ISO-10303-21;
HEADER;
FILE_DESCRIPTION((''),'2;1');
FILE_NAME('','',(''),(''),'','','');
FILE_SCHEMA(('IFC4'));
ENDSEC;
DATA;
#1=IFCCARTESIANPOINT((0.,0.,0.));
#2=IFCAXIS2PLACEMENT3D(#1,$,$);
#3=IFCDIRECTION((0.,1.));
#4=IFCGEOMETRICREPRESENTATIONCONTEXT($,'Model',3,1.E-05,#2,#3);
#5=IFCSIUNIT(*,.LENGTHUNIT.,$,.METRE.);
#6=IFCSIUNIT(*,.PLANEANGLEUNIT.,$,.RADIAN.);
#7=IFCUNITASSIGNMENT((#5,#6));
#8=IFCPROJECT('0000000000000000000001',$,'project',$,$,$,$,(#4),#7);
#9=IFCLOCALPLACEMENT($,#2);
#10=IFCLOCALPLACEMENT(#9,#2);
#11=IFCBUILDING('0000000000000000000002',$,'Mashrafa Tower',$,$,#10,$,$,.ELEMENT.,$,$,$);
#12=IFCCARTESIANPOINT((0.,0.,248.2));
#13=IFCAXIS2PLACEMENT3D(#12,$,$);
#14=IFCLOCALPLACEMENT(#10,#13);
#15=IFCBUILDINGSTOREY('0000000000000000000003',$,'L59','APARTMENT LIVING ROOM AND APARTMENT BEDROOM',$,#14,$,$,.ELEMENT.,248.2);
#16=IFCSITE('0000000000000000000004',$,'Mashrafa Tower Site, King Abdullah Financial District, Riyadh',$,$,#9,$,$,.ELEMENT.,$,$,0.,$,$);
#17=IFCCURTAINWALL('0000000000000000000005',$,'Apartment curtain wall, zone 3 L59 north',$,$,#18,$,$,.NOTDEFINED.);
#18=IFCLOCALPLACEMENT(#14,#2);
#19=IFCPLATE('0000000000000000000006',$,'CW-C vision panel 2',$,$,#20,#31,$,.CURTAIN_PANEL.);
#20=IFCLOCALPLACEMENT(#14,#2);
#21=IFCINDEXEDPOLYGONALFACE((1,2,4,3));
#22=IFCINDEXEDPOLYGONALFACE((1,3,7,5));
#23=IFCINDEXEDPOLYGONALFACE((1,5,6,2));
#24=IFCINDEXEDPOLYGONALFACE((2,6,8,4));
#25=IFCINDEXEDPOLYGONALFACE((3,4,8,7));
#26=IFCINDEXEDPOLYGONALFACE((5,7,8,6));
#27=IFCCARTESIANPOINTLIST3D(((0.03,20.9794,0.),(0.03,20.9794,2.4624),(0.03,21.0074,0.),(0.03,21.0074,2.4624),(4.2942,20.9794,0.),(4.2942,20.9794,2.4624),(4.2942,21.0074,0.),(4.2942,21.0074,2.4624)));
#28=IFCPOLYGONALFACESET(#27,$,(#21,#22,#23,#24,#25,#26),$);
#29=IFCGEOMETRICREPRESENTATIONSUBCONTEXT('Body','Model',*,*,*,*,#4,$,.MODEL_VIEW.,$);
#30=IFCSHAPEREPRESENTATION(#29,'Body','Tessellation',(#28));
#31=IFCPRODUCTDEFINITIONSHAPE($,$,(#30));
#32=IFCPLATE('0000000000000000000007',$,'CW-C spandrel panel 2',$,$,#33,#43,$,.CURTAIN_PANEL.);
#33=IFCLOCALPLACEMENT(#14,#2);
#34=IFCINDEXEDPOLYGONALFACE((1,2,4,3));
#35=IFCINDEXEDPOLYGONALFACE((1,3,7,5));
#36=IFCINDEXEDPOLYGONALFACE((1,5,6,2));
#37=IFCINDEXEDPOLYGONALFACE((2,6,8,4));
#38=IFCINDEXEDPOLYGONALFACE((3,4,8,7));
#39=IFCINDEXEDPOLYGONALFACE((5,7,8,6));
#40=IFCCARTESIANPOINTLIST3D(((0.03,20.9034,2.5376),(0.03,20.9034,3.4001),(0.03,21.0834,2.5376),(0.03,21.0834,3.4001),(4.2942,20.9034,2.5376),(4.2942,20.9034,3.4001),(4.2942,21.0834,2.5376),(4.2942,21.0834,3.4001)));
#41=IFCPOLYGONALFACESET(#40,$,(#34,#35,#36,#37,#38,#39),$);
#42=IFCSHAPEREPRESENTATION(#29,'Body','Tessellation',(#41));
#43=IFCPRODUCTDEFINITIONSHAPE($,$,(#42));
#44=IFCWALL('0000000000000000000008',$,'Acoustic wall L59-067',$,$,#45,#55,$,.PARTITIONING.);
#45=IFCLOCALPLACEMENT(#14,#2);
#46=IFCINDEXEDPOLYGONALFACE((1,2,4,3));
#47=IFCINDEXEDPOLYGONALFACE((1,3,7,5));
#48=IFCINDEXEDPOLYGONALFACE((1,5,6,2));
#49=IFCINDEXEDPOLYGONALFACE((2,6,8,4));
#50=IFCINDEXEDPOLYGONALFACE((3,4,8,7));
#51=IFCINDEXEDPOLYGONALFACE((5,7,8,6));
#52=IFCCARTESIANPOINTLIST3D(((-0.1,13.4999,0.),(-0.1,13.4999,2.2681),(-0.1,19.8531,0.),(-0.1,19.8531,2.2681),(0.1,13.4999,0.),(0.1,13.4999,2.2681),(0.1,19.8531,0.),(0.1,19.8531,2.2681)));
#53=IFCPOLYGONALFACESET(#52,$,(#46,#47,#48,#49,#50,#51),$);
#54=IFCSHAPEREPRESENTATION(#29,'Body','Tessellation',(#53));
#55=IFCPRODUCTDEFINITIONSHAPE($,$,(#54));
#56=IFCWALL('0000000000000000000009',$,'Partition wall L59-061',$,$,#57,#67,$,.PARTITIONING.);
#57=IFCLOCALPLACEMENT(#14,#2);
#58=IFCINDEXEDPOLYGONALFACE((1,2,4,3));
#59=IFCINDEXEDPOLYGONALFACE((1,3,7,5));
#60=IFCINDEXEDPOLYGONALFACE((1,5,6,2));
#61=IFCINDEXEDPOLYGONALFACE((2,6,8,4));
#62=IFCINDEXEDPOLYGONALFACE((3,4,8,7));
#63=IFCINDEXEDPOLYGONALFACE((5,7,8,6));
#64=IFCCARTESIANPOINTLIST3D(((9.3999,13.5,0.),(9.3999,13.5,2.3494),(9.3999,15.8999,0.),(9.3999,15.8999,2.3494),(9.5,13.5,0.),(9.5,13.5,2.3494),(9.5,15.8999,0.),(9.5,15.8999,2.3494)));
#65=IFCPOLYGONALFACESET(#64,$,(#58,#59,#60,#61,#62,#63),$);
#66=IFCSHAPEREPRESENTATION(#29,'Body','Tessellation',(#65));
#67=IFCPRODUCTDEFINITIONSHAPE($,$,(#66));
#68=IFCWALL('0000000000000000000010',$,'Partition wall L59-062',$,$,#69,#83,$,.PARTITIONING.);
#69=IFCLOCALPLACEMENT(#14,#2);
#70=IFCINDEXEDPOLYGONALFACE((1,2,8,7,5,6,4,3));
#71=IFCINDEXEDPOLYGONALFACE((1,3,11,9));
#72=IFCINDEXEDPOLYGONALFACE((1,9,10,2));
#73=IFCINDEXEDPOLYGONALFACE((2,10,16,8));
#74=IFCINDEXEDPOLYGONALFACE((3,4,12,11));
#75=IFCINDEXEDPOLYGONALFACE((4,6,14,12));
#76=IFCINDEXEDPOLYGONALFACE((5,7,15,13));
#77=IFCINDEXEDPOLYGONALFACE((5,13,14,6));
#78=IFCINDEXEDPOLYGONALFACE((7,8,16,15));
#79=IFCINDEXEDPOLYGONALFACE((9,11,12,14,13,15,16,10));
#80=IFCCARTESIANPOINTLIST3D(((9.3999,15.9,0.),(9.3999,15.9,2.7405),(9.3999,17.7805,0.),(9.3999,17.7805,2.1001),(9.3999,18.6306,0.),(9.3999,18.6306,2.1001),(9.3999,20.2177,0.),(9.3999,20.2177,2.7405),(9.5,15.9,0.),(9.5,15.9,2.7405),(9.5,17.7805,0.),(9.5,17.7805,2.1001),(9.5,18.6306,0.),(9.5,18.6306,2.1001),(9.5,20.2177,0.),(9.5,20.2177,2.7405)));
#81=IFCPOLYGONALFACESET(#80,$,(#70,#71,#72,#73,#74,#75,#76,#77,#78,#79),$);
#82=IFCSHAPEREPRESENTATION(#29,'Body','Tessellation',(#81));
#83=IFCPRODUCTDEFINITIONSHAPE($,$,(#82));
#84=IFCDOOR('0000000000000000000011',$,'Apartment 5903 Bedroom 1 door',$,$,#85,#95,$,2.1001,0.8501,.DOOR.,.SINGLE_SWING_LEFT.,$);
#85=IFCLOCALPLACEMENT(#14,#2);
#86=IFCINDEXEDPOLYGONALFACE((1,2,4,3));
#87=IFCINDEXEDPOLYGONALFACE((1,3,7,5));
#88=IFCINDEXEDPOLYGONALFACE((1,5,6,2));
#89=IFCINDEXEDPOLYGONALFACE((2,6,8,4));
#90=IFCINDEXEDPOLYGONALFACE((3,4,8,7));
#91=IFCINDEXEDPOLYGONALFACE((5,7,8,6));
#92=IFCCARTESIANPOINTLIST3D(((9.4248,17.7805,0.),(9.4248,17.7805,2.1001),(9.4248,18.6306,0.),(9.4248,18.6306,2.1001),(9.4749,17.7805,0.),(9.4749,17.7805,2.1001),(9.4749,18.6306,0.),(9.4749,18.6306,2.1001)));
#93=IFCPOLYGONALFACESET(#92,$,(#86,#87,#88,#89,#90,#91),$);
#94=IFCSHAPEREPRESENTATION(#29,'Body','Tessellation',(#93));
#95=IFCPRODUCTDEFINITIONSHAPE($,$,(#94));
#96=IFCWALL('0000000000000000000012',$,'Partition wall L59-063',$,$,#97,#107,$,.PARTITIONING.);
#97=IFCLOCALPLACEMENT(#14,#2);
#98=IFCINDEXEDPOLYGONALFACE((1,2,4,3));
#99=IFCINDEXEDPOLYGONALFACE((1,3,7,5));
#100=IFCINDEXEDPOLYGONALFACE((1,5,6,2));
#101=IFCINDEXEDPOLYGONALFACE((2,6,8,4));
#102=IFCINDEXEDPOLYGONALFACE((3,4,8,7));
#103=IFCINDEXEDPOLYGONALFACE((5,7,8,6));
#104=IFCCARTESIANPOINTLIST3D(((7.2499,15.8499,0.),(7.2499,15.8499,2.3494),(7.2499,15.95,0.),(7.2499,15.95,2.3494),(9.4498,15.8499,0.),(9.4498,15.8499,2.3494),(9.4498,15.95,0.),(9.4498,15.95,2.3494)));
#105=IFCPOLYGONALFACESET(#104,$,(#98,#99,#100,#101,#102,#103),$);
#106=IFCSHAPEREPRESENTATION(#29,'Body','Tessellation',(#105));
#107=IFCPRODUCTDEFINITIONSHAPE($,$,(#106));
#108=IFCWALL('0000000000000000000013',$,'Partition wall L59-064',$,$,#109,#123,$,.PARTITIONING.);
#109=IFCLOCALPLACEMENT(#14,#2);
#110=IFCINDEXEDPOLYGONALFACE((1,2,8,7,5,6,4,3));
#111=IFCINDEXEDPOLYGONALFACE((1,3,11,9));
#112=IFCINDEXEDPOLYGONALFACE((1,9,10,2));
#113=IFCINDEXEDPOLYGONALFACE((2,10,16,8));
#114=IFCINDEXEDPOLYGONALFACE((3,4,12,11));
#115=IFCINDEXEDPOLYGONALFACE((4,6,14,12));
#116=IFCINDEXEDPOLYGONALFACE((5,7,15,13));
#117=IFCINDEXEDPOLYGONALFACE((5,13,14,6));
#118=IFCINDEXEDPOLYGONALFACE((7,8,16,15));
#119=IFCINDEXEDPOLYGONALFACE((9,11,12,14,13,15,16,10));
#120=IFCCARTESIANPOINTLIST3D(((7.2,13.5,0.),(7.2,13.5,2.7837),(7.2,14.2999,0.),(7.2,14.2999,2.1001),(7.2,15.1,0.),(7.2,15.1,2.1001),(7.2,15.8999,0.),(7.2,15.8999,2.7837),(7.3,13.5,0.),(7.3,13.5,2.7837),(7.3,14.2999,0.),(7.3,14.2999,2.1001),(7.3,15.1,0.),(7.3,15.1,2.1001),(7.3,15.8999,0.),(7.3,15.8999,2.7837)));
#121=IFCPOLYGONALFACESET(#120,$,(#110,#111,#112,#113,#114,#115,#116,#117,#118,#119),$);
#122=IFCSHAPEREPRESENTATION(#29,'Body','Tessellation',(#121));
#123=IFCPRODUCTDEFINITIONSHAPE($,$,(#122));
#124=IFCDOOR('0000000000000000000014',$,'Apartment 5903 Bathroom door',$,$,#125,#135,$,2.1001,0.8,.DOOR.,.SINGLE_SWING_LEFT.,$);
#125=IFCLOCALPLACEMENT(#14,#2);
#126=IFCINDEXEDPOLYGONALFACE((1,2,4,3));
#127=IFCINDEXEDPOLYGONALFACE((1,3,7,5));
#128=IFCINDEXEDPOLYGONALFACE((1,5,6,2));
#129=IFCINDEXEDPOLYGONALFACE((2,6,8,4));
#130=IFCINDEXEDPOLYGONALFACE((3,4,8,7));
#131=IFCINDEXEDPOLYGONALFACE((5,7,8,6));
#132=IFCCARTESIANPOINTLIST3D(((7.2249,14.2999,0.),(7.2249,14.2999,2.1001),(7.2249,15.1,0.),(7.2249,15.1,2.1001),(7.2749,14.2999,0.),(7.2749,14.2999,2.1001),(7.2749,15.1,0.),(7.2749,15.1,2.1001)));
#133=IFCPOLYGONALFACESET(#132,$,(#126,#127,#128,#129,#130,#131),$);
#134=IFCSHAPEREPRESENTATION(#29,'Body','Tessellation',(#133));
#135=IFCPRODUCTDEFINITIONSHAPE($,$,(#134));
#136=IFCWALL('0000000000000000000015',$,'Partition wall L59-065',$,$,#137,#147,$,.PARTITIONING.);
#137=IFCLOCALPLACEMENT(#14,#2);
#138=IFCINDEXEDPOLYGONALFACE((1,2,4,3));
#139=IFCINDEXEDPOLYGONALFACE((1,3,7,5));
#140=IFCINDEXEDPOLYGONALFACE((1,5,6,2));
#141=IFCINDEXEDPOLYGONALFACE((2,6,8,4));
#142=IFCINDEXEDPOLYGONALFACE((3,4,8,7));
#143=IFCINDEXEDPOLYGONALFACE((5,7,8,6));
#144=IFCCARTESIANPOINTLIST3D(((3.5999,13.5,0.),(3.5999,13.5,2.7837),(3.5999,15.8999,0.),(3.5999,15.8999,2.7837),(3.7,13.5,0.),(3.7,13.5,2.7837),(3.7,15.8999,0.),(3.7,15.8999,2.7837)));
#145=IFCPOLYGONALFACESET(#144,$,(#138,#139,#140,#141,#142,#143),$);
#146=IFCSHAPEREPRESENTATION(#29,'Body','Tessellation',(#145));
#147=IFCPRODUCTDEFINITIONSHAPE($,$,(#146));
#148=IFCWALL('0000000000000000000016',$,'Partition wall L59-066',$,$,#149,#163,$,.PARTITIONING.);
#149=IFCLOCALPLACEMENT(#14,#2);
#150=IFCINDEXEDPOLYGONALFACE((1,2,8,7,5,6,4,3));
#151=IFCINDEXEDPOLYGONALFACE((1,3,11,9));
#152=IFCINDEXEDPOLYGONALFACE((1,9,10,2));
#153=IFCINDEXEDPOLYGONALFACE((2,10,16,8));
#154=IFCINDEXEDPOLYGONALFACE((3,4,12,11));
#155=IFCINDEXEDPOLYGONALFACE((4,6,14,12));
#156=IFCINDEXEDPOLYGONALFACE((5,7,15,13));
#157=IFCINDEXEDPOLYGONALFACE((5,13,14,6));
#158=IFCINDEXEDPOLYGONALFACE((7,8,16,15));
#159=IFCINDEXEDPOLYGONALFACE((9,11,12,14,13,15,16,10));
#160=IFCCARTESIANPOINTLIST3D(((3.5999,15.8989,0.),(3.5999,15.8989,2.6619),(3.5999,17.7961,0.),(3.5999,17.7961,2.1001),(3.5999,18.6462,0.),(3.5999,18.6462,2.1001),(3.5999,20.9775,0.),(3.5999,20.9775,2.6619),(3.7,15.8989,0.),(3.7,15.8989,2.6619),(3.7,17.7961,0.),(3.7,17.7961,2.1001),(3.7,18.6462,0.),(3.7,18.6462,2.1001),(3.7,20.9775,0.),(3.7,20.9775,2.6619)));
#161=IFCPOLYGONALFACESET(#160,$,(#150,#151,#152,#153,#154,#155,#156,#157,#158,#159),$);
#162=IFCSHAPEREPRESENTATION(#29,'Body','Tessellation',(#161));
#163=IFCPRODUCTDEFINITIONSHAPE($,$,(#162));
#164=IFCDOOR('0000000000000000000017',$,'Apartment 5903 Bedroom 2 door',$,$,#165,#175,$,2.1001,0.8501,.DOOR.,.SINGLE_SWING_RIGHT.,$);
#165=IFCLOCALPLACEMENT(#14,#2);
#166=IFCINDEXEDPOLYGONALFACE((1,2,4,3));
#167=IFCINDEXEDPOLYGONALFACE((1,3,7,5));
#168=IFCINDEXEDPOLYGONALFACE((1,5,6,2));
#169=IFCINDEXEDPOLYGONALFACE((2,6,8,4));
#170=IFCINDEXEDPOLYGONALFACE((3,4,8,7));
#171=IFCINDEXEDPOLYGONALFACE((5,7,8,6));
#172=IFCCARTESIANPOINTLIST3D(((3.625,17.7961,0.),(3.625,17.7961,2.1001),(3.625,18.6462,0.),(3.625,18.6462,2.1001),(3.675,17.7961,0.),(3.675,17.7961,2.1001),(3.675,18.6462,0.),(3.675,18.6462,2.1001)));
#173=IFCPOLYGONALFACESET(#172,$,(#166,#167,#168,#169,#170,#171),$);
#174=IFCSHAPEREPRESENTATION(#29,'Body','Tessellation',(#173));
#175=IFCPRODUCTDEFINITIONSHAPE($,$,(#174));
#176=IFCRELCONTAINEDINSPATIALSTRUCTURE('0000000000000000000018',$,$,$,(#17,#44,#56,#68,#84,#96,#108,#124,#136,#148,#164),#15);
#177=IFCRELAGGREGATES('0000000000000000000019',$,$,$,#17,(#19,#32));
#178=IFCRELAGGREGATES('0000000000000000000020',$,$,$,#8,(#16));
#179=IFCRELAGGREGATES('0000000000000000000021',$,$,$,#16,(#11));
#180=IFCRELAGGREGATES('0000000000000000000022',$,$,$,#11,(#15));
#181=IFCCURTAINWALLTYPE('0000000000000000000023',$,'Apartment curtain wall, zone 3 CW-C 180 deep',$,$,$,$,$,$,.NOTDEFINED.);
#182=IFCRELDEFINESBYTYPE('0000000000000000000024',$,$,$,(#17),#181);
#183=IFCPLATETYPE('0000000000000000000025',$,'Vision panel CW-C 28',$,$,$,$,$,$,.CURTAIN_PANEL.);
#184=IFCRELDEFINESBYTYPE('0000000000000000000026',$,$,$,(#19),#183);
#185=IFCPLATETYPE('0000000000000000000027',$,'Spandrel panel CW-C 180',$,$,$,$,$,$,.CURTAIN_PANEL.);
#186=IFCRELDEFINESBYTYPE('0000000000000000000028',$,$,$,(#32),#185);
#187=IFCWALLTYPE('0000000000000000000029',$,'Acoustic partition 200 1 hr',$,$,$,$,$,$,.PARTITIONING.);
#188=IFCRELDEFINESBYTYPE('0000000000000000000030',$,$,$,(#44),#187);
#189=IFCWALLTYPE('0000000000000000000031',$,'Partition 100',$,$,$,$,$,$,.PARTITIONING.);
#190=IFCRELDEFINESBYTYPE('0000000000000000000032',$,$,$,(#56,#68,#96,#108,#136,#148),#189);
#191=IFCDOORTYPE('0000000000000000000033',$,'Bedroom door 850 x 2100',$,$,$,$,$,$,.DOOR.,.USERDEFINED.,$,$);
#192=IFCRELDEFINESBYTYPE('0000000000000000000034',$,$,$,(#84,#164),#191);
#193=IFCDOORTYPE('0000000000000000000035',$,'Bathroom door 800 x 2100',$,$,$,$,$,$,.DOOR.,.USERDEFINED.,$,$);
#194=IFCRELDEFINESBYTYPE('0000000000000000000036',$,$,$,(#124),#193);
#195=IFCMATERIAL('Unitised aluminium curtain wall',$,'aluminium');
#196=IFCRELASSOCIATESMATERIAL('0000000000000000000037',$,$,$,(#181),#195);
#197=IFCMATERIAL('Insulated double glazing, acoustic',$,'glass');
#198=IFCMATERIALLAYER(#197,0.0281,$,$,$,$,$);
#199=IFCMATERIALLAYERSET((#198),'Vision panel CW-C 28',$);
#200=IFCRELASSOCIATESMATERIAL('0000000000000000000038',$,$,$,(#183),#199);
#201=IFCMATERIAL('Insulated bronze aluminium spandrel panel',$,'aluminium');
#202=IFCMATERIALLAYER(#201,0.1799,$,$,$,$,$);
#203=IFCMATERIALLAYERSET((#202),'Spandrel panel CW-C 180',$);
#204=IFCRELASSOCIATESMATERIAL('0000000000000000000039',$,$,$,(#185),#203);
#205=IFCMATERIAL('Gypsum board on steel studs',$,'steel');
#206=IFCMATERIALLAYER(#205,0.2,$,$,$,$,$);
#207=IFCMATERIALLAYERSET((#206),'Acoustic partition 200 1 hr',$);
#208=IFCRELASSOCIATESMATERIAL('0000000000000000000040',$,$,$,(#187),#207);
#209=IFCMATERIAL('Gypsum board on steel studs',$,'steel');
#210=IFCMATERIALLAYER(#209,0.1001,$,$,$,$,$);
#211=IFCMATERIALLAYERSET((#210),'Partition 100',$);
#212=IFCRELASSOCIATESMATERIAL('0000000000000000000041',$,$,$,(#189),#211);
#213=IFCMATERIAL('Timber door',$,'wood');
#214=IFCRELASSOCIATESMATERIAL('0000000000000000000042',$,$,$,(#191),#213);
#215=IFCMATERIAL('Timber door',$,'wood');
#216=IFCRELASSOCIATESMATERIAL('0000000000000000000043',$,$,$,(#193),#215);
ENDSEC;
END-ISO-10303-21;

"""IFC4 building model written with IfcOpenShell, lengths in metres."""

from ifc_helpers import new_model, si_unit, direction, frame, frame_2d, origin, origin_2d, place, context, subcontext, project, spatial, rectangle, extrude, source, transform, mapped, material, layer, layer_set, type_object, element, fill, aggregate, save


model = new_model("IFC4")

# Units and contexts
model_context = context("Model", 3, precision=1e-05, world=origin(), true_north=direction((0.0, 1.0)))
body_context = subcontext(model_context, "Body", "Model", "MODEL_VIEW")
ifc_project = project(units=[si_unit("LENGTHUNIT", "METRE"), si_unit("PLANEANGLEUNIT", "RADIAN")], contexts=[model_context])

# Site, building, storey
site_placement = place(None, origin())
site = spatial("IfcSite", under=ifc_project, at=site_placement, Name="Mashrafa Tower Site, King Abdullah Financial District, Riyadh", CompositionType="ELEMENT", RefElevation=0.0)
building_placement = place(site_placement, origin())
building = spatial("IfcBuilding", under=site, at=building_placement, Name="Mashrafa Tower", CompositionType="ELEMENT")
storey_placement = place(building_placement, frame((0.0, 0.0, 248.2)))
storey = spatial("IfcBuildingStorey", under=building, at=storey_placement, Name="L59", Description="APARTMENT LIVING ROOM AND APARTMENT BEDROOM", CompositionType="ELEMENT", Elevation=248.2)

# Shared definitions
ifc_material_1 = material(Name="Unitised aluminium curtain wall", Category="aluminium")
curtain_wall_type = type_object("IfcCurtainWallType", Name="Apartment curtain wall, zone 3 CW-C 180 deep", PredefinedType="NOTDEFINED", material=ifc_material_1)

# Curtain wall
curtain_wall_1_placement = place(storey_placement, origin())
curtain_wall_1 = element("IfcCurtainWall", 1, at=curtain_wall_1_placement, inside=storey, type_object=curtain_wall_type, Name="Apartment curtain wall, zone 3 L59 north", PredefinedType="NOTDEFINED")

# Plates
ifc_material_2 = material(Name="Insulated double glazing, acoustic", Category="glass")
ifc_layer_1 = layer(ifc_material_2, 0.0281)
ifc_layer_set_1 = layer_set([ifc_layer_1], Name="Vision panel CW-C 28")
plate_type_1 = type_object("IfcPlateType", Name="Vision panel CW-C 28", PredefinedType="CURTAIN_PANEL", material=ifc_layer_set_1)
ifc_material_3 = material(Name="Insulated bronze aluminium spandrel panel", Category="aluminium")
ifc_layer_2 = layer(ifc_material_3, 0.1799)
ifc_layer_set_2 = layer_set([ifc_layer_2], Name="Spandrel panel CW-C 180")
plate_type_2 = type_object("IfcPlateType", Name="Spandrel panel CW-C 180", PredefinedType="CURTAIN_PANEL", material=ifc_layer_set_2)
shared_shape_1 = source(origin(), body_context, "Body", "SweptSolid", [
    extrude(rectangle(XDim=4.2642, YDim=0.0281, at=origin_2d()), origin(), (0.0, 0.0, 1.0), 2.4624),
])
plate_1_placement = place(storey_placement, frame((2.1621, 20.9934, 0.0), z_axis=(0.0, 0.0, 1.0), x_axis=(-1.0, 0.0, 0.0)))
plate_1 = element("IfcPlate", 2, at=plate_1_placement, type_object=plate_type_1, Name="CW-C vision panel 2", PredefinedType="CURTAIN_PANEL", context=body_context, shape_type="MappedRepresentation", body=[
    mapped(shared_shape_1, transform((0.0, 0.0, 0.0))),
])
shared_shape_2 = source(origin(), body_context, "Body", "SweptSolid", [
    extrude(rectangle(XDim=4.2642, YDim=0.1799, at=origin_2d()), origin(), (0.0, 0.0, 1.0), 0.8625),
])
plate_2_placement = place(storey_placement, frame((2.1621, 20.9934, 2.5376), z_axis=(0.0, 0.0, 1.0), x_axis=(-1.0, 0.0, 0.0)))
plate_2 = element("IfcPlate", 3, at=plate_2_placement, type_object=plate_type_2, Name="CW-C spandrel panel 2", PredefinedType="CURTAIN_PANEL", context=body_context, shape_type="MappedRepresentation", body=[
    mapped(shared_shape_2, transform((0.0, 0.0, 0.0))),
])
aggregate(curtain_wall_1, [plate_1, plate_2])

# Walls
ifc_material_4 = material(Name="Gypsum board on steel studs", Category="steel")
ifc_layer_3 = layer(ifc_material_4, 0.2)
ifc_layer_set_3 = layer_set([ifc_layer_3], Name="Acoustic partition 200 1 hr")
wall_type_1 = type_object("IfcWallType", Name="Acoustic partition 200 1 hr", PredefinedType="PARTITIONING", material=ifc_layer_set_3)
wall_1_placement = place(storey_placement, frame((0.0, 19.8533, 0.0), z_axis=(0.0, 0.0, 1.0), x_axis=(0.0, -1.0, 0.0)))
element("IfcWall", 4, at=wall_1_placement, inside=storey, type_object=wall_type_1, Name="Acoustic wall L59-067", PredefinedType="PARTITIONING", context=body_context, shape_type="SweptSolid", body=[
    extrude(rectangle(XDim=6.3533, YDim=0.2, at=frame_2d((3.1768, 0.0))), origin(), (0.0, 0.0, 1.0), 2.2681),
])
ifc_material_5 = material(Name="Gypsum board on steel studs", Category="steel")
ifc_layer_4 = layer(ifc_material_5, 0.1001)
ifc_layer_set_4 = layer_set([ifc_layer_4], Name="Partition 100")
wall_type_2 = type_object("IfcWallType", Name="Partition 100", PredefinedType="PARTITIONING", material=ifc_layer_set_4)
wall_2_placement = place(storey_placement, frame((9.45, 15.8999, 0.0), z_axis=(0.0, 0.0, 1.0), x_axis=(0.0, -1.0, 0.0)))
element("IfcWall", 5, at=wall_2_placement, inside=storey, type_object=wall_type_2, Name="Partition wall L59-061", PredefinedType="PARTITIONING", context=body_context, shape_type="SweptSolid", body=[
    extrude(rectangle(XDim=2.3999, YDim=0.1001, at=frame_2d((1.2, 0.0))), origin(), (0.0, 0.0, 1.0), 2.3494),
])

# Wall, opening, door
wall_3_placement = place(storey_placement, frame((9.45, 20.2175, 0.0), z_axis=(0.0, 0.0, 1.0), x_axis=(0.0, -1.0, 0.0)))
wall_3 = element("IfcWall", 6, at=wall_3_placement, inside=storey, type_object=wall_type_2, Name="Partition wall L59-062", PredefinedType="PARTITIONING", context=body_context, shape_type="SweptSolid", body=[
    extrude(rectangle(XDim=4.3176, YDim=0.1001, at=frame_2d((2.1587, 0.0))), origin(), (0.0, 0.0, 1.0), 2.7405),
])
opening_1_placement = place(wall_3_placement, frame((1.5869, 0.0, 0.0)))
opening_1 = element("IfcOpeningElement", 7, at=opening_1_placement, cuts=wall_3, PredefinedType="OPENING", context=body_context, shape_type="SweptSolid", body=[
    extrude(rectangle(XDim=0.8501, YDim=2.1001, at=frame_2d((0.425, 1.05))), frame((0.0, 0.0601, 0.0), z_axis=(0.0, -1.0, 0.0), x_axis=(1.0, 0.0, 0.0)), (0.0, 0.0, 1.0), 0.1201),
])
ifc_material_6 = material(Name="Timber door", Category="wood")
door_type_1 = type_object("IfcDoorType", Name="Bedroom door 850 x 2100", OperationType="USERDEFINED", PredefinedType="DOOR", material=ifc_material_6)
door_1_placement = place(opening_1_placement, origin())
door_1 = element("IfcDoor", 8, at=door_1_placement, inside=storey, type_object=door_type_1, Name="Apartment 5903 Bedroom 1 door", OperationType="SINGLE_SWING_LEFT", OverallHeight=2.1001, OverallWidth=0.8501, PredefinedType="DOOR", context=body_context, shape_type="SweptSolid", body=[
    extrude(rectangle(XDim=0.8501, YDim=2.1001, at=frame_2d((0.425, 1.05))), frame((0.0, 0.0249, 0.0), z_axis=(0.0, -1.0, 0.0), x_axis=(1.0, 0.0, 0.0)), (0.0, 0.0, 1.0), 0.05),
])
fill(opening_1, door_1)

# Wall
wall_4_placement = place(storey_placement, frame((9.45, 15.8999, 0.0), z_axis=(0.0, 0.0, 1.0), x_axis=(-1.0, 0.0, 0.0)))
element("IfcWall", 9, at=wall_4_placement, inside=storey, type_object=wall_type_2, Name="Partition wall L59-063", PredefinedType="PARTITIONING", context=body_context, shape_type="SweptSolid", body=[
    extrude(rectangle(XDim=2.2, YDim=0.1001, at=frame_2d((1.1001, 0.0))), origin(), (0.0, 0.0, 1.0), 2.3494),
])

# Wall, opening, door
wall_5_placement = place(storey_placement, frame((7.25, 15.8999, 0.0), z_axis=(0.0, 0.0, 1.0), x_axis=(0.0, -1.0, 0.0)))
wall_5 = element("IfcWall", 10, at=wall_5_placement, inside=storey, type_object=wall_type_2, Name="Partition wall L59-064", PredefinedType="PARTITIONING", context=body_context, shape_type="SweptSolid", body=[
    extrude(rectangle(XDim=2.3999, YDim=0.1001, at=frame_2d((1.2, 0.0))), origin(), (0.0, 0.0, 1.0), 2.7837),
])
opening_2_placement = place(wall_5_placement, frame((0.8, 0.0, 0.0)))
opening_2 = element("IfcOpeningElement", 11, at=opening_2_placement, cuts=wall_5, PredefinedType="OPENING", context=body_context, shape_type="SweptSolid", body=[
    extrude(rectangle(XDim=0.8, YDim=2.1001, at=frame_2d((0.3999, 1.05))), frame((0.0, 0.0601, 0.0), z_axis=(0.0, -1.0, 0.0), x_axis=(1.0, 0.0, 0.0)), (0.0, 0.0, 1.0), 0.1201),
])
ifc_material_7 = material(Name="Timber door", Category="wood")
door_type_2 = type_object("IfcDoorType", Name="Bathroom door 800 x 2100", OperationType="USERDEFINED", PredefinedType="DOOR", material=ifc_material_7)
door_2_placement = place(opening_2_placement, origin())
door_2 = element("IfcDoor", 12, at=door_2_placement, inside=storey, type_object=door_type_2, Name="Apartment 5903 Bathroom door", OperationType="SINGLE_SWING_LEFT", OverallHeight=2.1001, OverallWidth=0.8, PredefinedType="DOOR", context=body_context, shape_type="SweptSolid", body=[
    extrude(rectangle(XDim=0.8, YDim=2.1001, at=frame_2d((0.3999, 1.05))), frame((0.0, 0.0249, 0.0), z_axis=(0.0, -1.0, 0.0), x_axis=(1.0, 0.0, 0.0)), (0.0, 0.0, 1.0), 0.05),
])
fill(opening_2, door_2)

# Wall
wall_6_placement = place(storey_placement, frame((3.6499, 15.8999, 0.0), z_axis=(0.0, 0.0, 1.0), x_axis=(0.0, -1.0, 0.0)))
element("IfcWall", 13, at=wall_6_placement, inside=storey, type_object=wall_type_2, Name="Partition wall L59-065", PredefinedType="PARTITIONING", context=body_context, shape_type="SweptSolid", body=[
    extrude(rectangle(XDim=2.3999, YDim=0.1001, at=frame_2d((1.2, 0.0))), origin(), (0.0, 0.0, 1.0), 2.7837),
])

# Wall, opening, door
wall_7_placement = place(storey_placement, frame((3.6499, 15.8989, 0.0), z_axis=(0.0, 0.0, 1.0), x_axis=(0.0, 1.0, 0.0)))
wall_7 = element("IfcWall", 14, at=wall_7_placement, inside=storey, type_object=wall_type_2, Name="Partition wall L59-066", PredefinedType="PARTITIONING", context=body_context, shape_type="SweptSolid", body=[
    extrude(rectangle(XDim=5.0786, YDim=0.1001, at=frame_2d((2.5393, 0.0))), origin(), (0.0, 0.0, 1.0), 2.6619),
])
opening_3_placement = place(wall_7_placement, frame((1.8972, 0.0, 0.0)))
opening_3 = element("IfcOpeningElement", 15, at=opening_3_placement, cuts=wall_7, PredefinedType="OPENING", context=body_context, shape_type="SweptSolid", body=[
    extrude(rectangle(XDim=0.8501, YDim=2.1001, at=frame_2d((0.425, 1.05))), frame((0.0, 0.0601, 0.0), z_axis=(0.0, -1.0, 0.0), x_axis=(1.0, 0.0, 0.0)), (0.0, 0.0, 1.0), 0.1201),
])
door_3_placement = place(opening_3_placement, origin())
door_3 = element("IfcDoor", 16, at=door_3_placement, inside=storey, type_object=door_type_1, Name="Apartment 5903 Bedroom 2 door", OperationType="SINGLE_SWING_RIGHT", OverallHeight=2.1001, OverallWidth=0.8501, PredefinedType="DOOR", context=body_context, shape_type="SweptSolid", body=[
    extrude(rectangle(XDim=0.8501, YDim=2.1001, at=frame_2d((0.425, 1.05))), frame((0.0, 0.0249, 0.0), z_axis=(0.0, -1.0, 0.0), x_axis=(1.0, 0.0, 0.0)), (0.0, 0.0, 1.0), 0.05),
])
fill(opening_3, door_3)

save(model, "model.ifc")
